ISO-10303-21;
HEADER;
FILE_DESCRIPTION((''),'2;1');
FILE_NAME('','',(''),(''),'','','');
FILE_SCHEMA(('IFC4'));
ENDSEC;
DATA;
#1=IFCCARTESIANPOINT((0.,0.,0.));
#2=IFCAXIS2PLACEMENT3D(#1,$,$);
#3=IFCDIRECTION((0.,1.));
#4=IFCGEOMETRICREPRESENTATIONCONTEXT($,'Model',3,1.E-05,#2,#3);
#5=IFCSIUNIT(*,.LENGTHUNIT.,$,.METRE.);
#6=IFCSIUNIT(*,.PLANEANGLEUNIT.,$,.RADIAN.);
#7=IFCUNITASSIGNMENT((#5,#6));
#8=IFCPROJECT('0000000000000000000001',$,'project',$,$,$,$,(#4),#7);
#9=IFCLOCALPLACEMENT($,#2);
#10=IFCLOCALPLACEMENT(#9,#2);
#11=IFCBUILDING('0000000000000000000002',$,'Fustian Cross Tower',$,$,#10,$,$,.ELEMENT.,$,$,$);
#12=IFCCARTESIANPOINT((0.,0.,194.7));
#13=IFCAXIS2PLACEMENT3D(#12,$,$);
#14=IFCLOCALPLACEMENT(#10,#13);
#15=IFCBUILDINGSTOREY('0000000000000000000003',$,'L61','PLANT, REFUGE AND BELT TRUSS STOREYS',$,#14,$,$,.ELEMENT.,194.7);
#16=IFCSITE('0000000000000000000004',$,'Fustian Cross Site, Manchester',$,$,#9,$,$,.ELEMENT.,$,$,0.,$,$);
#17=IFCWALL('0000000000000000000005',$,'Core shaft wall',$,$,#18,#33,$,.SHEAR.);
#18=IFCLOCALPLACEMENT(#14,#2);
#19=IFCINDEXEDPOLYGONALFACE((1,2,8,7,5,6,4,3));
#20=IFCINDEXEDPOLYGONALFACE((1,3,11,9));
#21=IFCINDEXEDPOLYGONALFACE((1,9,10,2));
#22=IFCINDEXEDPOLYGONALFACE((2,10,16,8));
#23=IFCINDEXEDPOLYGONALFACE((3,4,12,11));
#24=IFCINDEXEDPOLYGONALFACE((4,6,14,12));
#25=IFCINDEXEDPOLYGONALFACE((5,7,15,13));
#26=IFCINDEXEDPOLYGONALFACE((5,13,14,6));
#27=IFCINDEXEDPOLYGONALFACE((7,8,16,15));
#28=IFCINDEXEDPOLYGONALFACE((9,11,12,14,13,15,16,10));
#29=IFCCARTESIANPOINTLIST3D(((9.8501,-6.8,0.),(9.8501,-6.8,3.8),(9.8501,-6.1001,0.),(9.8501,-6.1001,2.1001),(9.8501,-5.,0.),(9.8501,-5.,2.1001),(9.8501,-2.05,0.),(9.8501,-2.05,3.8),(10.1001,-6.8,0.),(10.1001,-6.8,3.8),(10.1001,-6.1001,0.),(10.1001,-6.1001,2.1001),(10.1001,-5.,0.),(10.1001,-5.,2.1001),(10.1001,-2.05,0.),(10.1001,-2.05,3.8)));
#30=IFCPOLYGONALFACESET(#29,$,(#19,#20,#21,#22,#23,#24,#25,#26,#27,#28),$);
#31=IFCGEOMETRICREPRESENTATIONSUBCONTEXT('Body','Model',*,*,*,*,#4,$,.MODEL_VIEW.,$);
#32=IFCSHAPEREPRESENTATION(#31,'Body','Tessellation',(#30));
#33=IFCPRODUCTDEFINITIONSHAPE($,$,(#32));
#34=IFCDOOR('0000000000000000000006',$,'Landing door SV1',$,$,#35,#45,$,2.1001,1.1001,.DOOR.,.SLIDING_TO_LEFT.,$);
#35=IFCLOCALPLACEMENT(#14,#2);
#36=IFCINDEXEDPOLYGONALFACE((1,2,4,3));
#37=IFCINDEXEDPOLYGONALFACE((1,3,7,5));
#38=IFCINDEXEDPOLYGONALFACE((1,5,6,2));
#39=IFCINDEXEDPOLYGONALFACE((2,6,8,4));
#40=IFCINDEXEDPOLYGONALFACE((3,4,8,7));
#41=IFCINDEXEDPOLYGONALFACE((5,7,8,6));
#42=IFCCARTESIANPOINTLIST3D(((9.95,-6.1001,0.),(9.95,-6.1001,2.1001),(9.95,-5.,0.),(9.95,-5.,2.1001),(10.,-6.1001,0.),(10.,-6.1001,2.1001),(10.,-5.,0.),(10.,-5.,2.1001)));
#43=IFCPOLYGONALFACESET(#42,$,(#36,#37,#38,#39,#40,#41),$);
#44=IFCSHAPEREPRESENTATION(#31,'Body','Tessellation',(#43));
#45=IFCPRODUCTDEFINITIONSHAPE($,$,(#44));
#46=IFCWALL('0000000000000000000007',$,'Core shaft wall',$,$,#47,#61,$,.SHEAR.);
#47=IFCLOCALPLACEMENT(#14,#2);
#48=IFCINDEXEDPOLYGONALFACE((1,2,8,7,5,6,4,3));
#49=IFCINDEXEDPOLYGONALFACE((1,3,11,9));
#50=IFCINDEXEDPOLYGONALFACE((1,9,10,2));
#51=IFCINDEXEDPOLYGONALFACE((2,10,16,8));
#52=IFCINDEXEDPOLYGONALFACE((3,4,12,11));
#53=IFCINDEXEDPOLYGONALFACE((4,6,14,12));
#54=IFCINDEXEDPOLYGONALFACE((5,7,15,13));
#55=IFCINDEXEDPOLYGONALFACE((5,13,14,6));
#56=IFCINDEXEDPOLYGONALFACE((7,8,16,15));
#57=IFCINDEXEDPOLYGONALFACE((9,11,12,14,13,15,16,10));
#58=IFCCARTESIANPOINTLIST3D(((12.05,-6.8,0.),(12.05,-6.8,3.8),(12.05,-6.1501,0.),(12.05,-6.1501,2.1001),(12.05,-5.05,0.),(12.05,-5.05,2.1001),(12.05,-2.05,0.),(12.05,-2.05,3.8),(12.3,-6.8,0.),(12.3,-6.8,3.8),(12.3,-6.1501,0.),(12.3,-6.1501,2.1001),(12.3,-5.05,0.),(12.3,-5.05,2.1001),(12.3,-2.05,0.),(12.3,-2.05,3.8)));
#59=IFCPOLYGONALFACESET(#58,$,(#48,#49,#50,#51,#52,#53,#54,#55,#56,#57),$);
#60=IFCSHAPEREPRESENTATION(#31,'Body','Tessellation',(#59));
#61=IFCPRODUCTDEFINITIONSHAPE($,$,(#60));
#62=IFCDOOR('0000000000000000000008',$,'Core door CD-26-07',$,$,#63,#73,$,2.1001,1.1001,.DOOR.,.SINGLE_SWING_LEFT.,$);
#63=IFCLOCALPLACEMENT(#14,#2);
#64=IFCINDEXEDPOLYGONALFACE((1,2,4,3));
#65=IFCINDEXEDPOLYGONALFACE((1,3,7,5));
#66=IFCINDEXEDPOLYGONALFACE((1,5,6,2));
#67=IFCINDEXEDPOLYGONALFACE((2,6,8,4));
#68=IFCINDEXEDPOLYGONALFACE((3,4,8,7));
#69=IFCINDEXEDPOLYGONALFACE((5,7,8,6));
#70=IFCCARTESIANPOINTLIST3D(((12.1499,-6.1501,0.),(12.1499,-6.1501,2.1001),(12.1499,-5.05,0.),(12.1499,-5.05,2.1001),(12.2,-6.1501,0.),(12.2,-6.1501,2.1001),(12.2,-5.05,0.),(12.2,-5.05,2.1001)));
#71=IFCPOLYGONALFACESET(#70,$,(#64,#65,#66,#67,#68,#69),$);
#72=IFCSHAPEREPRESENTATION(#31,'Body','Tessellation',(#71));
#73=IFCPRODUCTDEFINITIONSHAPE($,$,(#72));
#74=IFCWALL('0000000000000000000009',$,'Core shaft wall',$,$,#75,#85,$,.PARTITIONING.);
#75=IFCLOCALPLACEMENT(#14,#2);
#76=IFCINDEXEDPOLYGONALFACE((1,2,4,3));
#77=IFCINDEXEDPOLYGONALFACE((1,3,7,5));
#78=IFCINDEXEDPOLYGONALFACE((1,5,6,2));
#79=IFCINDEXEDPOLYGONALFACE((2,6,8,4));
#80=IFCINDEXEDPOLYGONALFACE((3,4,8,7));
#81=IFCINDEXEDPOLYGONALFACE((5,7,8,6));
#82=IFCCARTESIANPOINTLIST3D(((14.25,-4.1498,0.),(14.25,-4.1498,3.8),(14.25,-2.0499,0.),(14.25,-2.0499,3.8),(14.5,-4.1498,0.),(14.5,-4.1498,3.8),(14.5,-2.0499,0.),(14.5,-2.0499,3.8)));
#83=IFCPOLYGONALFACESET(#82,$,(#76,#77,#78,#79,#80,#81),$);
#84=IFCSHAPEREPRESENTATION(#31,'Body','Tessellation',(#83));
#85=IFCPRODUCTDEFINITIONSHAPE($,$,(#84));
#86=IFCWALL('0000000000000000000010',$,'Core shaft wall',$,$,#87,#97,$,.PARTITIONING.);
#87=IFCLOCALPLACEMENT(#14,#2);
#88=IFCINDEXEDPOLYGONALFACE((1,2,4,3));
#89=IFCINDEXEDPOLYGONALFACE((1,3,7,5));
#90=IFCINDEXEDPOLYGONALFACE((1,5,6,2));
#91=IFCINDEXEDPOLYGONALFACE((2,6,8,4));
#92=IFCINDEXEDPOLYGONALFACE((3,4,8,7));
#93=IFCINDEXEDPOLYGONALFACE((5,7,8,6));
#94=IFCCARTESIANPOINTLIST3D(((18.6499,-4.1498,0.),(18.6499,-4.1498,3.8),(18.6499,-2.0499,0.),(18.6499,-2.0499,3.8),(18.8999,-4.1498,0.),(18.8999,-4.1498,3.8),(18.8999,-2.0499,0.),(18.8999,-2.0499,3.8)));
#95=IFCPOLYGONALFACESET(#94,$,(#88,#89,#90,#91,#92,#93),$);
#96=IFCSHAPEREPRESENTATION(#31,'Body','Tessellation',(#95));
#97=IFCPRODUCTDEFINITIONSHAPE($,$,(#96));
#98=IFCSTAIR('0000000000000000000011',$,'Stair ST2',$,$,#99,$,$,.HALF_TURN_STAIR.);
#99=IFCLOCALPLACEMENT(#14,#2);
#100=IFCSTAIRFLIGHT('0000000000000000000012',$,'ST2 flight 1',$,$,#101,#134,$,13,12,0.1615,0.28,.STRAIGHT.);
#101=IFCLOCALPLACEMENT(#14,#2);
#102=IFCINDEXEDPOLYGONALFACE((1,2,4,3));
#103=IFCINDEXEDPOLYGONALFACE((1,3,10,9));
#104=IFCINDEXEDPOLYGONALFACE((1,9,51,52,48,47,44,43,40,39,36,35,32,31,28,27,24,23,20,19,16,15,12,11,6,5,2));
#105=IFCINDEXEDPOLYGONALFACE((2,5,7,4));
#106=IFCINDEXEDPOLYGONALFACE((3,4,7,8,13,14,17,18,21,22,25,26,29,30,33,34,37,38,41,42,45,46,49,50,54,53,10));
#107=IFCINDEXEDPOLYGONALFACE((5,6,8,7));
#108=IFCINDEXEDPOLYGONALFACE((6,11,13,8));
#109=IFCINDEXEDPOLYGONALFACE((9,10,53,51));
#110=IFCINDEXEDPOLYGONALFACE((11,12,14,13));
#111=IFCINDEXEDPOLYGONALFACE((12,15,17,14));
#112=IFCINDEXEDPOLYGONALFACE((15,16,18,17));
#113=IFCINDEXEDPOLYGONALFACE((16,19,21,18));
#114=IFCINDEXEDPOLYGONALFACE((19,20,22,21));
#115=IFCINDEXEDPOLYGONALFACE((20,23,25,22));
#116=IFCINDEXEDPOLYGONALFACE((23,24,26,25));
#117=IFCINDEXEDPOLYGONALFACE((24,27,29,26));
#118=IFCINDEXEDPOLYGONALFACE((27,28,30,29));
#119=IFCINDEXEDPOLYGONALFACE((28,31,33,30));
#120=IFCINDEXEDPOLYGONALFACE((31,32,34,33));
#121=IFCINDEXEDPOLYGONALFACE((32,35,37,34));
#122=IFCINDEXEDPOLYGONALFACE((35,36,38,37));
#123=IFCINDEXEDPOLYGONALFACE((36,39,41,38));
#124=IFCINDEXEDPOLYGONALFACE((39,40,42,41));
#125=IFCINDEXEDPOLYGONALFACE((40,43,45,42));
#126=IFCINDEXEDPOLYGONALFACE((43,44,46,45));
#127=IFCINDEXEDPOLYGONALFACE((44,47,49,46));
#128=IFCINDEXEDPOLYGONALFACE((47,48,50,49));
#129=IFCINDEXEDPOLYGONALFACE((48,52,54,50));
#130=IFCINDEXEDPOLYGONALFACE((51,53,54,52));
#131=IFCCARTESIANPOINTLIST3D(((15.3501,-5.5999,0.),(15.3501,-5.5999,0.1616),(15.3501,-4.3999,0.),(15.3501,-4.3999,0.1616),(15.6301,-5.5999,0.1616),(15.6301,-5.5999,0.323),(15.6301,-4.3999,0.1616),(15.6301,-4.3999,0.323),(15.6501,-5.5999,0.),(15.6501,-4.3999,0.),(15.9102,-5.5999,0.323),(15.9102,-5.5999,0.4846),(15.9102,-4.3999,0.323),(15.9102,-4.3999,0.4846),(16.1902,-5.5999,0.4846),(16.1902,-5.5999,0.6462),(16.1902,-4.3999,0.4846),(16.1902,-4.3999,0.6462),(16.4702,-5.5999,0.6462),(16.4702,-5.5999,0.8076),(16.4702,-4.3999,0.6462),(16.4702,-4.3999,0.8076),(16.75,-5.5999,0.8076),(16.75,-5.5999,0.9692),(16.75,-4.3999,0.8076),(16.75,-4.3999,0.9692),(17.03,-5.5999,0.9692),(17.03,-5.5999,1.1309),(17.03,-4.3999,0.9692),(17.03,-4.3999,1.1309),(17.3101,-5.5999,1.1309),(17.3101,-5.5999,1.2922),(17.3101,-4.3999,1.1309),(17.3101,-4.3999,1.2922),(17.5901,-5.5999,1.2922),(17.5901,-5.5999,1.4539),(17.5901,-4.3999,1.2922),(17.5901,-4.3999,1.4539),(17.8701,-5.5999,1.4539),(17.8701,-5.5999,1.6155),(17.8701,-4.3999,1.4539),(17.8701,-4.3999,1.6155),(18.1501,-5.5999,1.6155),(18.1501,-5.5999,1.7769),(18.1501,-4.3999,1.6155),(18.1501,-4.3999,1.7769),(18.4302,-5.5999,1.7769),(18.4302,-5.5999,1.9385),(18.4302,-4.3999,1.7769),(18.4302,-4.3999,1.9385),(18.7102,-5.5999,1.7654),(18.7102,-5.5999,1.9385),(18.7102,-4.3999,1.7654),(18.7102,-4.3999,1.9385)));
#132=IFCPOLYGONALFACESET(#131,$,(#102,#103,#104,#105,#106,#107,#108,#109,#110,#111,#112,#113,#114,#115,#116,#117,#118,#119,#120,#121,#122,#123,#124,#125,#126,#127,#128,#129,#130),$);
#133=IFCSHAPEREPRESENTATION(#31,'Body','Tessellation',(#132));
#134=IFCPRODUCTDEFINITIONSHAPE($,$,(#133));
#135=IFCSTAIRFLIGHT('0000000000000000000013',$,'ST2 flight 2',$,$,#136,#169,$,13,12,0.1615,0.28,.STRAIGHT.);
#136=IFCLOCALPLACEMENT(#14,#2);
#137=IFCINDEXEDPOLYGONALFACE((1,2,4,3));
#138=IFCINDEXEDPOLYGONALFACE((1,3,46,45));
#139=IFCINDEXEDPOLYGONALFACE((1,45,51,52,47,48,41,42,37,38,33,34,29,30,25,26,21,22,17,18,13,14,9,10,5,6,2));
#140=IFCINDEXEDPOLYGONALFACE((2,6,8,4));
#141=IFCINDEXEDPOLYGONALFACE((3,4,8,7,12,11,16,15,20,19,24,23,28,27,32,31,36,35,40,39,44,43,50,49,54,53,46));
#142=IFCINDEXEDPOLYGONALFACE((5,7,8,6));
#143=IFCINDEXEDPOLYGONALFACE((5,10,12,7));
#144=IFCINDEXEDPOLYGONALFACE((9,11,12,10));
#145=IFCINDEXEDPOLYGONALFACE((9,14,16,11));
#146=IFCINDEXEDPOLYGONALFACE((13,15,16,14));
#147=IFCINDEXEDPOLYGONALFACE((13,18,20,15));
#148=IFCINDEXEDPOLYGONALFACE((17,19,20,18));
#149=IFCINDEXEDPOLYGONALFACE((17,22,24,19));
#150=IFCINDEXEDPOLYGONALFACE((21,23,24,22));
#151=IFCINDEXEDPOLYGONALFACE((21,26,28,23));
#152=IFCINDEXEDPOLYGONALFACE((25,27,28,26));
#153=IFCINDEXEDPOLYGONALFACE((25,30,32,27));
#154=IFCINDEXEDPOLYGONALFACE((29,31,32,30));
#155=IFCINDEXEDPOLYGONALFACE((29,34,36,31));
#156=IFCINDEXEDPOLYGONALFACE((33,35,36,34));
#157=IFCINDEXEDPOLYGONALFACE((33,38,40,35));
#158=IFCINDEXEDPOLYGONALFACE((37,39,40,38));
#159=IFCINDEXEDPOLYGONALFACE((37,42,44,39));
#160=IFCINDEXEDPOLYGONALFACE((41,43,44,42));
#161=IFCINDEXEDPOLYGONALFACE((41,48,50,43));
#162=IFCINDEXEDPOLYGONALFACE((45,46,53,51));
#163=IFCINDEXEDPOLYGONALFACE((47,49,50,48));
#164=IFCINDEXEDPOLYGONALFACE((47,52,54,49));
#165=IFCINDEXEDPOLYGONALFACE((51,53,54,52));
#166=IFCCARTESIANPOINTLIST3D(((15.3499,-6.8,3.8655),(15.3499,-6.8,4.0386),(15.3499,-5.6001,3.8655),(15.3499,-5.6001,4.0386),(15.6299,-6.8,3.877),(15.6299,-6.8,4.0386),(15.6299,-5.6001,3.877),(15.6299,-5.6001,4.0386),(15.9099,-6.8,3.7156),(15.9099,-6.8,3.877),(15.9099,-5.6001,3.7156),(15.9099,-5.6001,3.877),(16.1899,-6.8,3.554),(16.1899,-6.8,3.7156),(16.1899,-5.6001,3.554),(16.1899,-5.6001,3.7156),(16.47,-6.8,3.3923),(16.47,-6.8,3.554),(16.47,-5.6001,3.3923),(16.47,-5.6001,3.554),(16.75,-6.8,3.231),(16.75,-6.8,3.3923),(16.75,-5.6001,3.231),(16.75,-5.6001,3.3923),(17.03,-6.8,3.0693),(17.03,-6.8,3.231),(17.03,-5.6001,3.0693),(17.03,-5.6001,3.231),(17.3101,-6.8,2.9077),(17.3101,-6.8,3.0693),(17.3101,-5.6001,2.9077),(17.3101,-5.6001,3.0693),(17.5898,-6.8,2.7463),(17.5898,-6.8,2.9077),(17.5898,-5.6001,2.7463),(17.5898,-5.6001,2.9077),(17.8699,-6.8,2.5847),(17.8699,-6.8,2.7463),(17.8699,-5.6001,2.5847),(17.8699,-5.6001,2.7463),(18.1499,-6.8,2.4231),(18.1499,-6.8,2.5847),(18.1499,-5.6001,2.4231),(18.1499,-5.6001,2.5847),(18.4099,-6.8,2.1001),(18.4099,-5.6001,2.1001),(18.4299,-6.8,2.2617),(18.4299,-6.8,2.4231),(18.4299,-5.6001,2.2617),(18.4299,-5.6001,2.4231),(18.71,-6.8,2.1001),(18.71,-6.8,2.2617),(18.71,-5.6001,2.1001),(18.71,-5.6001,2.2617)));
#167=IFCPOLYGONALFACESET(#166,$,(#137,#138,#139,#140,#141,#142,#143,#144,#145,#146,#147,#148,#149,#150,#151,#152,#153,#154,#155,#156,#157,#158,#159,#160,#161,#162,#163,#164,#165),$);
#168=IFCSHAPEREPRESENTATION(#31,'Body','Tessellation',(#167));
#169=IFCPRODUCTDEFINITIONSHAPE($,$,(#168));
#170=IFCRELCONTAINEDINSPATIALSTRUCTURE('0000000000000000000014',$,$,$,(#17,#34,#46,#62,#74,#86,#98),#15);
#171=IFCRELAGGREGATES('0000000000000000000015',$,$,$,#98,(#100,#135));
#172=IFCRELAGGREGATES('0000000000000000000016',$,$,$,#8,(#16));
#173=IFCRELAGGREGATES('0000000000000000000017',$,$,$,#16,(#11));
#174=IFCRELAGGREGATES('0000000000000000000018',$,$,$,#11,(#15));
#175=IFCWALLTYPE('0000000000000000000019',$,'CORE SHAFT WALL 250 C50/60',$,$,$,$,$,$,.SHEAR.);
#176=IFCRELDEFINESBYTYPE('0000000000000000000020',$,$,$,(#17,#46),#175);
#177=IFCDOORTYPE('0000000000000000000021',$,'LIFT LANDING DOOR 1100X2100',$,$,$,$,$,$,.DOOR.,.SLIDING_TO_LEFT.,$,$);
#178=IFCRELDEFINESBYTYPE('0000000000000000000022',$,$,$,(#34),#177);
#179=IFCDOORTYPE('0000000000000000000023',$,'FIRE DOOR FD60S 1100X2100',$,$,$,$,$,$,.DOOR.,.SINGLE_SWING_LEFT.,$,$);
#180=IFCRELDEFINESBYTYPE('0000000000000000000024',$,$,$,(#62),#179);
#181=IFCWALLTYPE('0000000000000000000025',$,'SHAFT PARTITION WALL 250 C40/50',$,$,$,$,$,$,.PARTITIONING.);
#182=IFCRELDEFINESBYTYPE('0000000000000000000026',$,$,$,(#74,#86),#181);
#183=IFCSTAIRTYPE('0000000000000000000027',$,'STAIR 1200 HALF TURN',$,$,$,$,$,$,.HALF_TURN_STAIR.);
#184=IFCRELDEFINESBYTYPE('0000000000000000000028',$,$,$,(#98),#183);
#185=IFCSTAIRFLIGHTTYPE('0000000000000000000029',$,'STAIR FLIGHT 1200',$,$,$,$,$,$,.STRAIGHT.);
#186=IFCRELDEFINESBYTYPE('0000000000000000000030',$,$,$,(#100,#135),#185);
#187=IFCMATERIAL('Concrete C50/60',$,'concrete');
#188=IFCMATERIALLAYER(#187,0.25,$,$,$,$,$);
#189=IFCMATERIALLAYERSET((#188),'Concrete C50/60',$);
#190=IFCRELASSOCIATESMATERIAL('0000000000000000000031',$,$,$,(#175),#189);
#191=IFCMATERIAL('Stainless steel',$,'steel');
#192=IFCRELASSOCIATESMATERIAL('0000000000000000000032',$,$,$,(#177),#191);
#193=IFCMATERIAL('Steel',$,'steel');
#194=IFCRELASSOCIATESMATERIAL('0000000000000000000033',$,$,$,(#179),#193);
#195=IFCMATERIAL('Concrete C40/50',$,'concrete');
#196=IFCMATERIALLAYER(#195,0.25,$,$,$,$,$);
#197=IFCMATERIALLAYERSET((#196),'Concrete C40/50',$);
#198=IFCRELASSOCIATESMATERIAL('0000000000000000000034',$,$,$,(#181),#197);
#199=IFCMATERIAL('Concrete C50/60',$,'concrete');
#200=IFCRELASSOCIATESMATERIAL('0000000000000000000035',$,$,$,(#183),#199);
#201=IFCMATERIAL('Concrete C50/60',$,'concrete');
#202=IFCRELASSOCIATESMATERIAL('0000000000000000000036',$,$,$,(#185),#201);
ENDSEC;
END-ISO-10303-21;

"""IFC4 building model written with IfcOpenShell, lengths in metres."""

from ifc_helpers import new_model, si_unit, direction, frame, frame_2d, origin, place, context, subcontext, project, spatial, polyline, rectangle, outline, extrude, material, layer, layer_set, type_object, element, fill, aggregate, save


model = new_model("IFC4")

# Units and contexts
model_context = context("Model", 3, precision=1e-05, world=origin(), true_north=direction((0.0, 1.0)))
body_context = subcontext(model_context, "Body", "Model", "MODEL_VIEW")
ifc_project = project(units=[si_unit("LENGTHUNIT", "METRE"), si_unit("PLANEANGLEUNIT", "RADIAN")], contexts=[model_context])

# Site, building, storey
site_placement = place(None, origin())
site = spatial("IfcSite", under=ifc_project, at=site_placement, Name="Fustian Cross Site, Manchester", CompositionType="ELEMENT", RefElevation=0.0)
building_placement = place(site_placement, origin())
building = spatial("IfcBuilding", under=site, at=building_placement, Name="Fustian Cross Tower", CompositionType="ELEMENT")
storey_placement = place(building_placement, frame((0.0, 0.0, 194.7)))
storey = spatial("IfcBuildingStorey", under=building, at=storey_placement, Name="L61", Description="PLANT, REFUGE AND BELT TRUSS STOREYS", CompositionType="ELEMENT", Elevation=194.7)

# Shared definitions
ifc_material_1 = material(Name="Concrete C50/60", Category="concrete")
ifc_layer_1 = layer(ifc_material_1, 0.25)
ifc_layer_set_1 = layer_set([ifc_layer_1], Name="Concrete C50/60")
wall_type_1 = type_object("IfcWallType", Name="CORE SHAFT WALL 250 C50/60", PredefinedType="SHEAR", material=ifc_layer_set_1)

# Walls, openings, doors
wall_1_placement = place(storey_placement, frame((9.9751, -2.05, 0.0), z_axis=(0.0, 0.0, 1.0), x_axis=(0.0, -1.0, 0.0)))
wall_1 = element("IfcWall", 1, at=wall_1_placement, inside=storey, type_object=wall_type_1, Name="Core shaft wall", PredefinedType="SHEAR", context=body_context, shape_type="SweptSolid", body=[
    extrude(rectangle(XDim=4.75, YDim=0.25, at=frame_2d((2.375, 0.0))), origin(), (0.0, 0.0, 1.0), 3.8),
])
opening_1_placement = place(wall_1_placement, frame((2.95, 0.0, 0.0)))
opening_1 = element("IfcOpeningElement", 2, at=opening_1_placement, cuts=wall_1, PredefinedType="OPENING", context=body_context, shape_type="SweptSolid", body=[
    extrude(rectangle(XDim=1.1001, YDim=2.1001, at=frame_2d((0.55, 1.05))), frame((0.0, 0.135, 0.0), z_axis=(0.0, -1.0, 0.0), x_axis=(1.0, 0.0, 0.0)), (0.0, 0.0, 1.0), 0.27),
])
ifc_material_2 = material(Name="Stainless steel", Category="steel")
door_type_1 = type_object("IfcDoorType", Name="LIFT LANDING DOOR 1100X2100", OperationType="SLIDING_TO_LEFT", PredefinedType="DOOR", material=ifc_material_2)
door_1_placement = place(opening_1_placement, origin())
door_1 = element("IfcDoor", 3, at=door_1_placement, inside=storey, type_object=door_type_1, Name="Landing door SV1", OperationType="SLIDING_TO_LEFT", OverallHeight=2.1001, OverallWidth=1.1001, PredefinedType="DOOR", context=body_context, shape_type="SweptSolid", body=[
    extrude(rectangle(XDim=1.1001, YDim=2.1001, at=frame_2d((0.55, 1.05))), frame((0.0, 0.0249, 0.0), z_axis=(0.0, -1.0, 0.0), x_axis=(1.0, 0.0, 0.0)), (0.0, 0.0, 1.0), 0.05),
])
fill(opening_1, door_1)
wall_2_placement = place(storey_placement, frame((12.175, -2.05, 0.0), z_axis=(0.0, 0.0, 1.0), x_axis=(0.0, -1.0, 0.0)))
wall_2 = element("IfcWall", 4, at=wall_2_placement, inside=storey, type_object=wall_type_1, Name="Core shaft wall", PredefinedType="SHEAR", context=body_context, shape_type="SweptSolid", body=[
    extrude(rectangle(XDim=4.75, YDim=0.25, at=frame_2d((2.375, 0.0))), origin(), (0.0, 0.0, 1.0), 3.8),
])
opening_2_placement = place(wall_2_placement, frame((3.0, 0.0, 0.0)))
opening_2 = element("IfcOpeningElement", 5, at=opening_2_placement, cuts=wall_2, PredefinedType="OPENING", context=body_context, shape_type="SweptSolid", body=[
    extrude(rectangle(XDim=1.1001, YDim=2.1001, at=frame_2d((0.55, 1.05))), frame((0.0, 0.135, 0.0), z_axis=(0.0, -1.0, 0.0), x_axis=(1.0, 0.0, 0.0)), (0.0, 0.0, 1.0), 0.27),
])
ifc_material_3 = material(Name="Steel", Category="steel")
door_type_2 = type_object("IfcDoorType", Name="FIRE DOOR FD60S 1100X2100", OperationType="SINGLE_SWING_LEFT", PredefinedType="DOOR", material=ifc_material_3)
door_2_placement = place(opening_2_placement, origin())
door_2 = element("IfcDoor", 6, at=door_2_placement, inside=storey, type_object=door_type_2, Name="Core door CD-26-07", OperationType="SINGLE_SWING_LEFT", OverallHeight=2.1001, OverallWidth=1.1001, PredefinedType="DOOR", context=body_context, shape_type="SweptSolid", body=[
    extrude(rectangle(XDim=1.1001, YDim=2.1001, at=frame_2d((0.55, 1.05))), frame((0.0, 0.0249, 0.0), z_axis=(0.0, -1.0, 0.0), x_axis=(1.0, 0.0, 0.0)), (0.0, 0.0, 1.0), 0.05),
])
fill(opening_2, door_2)

# Walls
ifc_material_4 = material(Name="Concrete C40/50", Category="concrete")
ifc_layer_2 = layer(ifc_material_4, 0.25)
ifc_layer_set_2 = layer_set([ifc_layer_2], Name="Concrete C40/50")
wall_type_2 = type_object("IfcWallType", Name="SHAFT PARTITION WALL 250 C40/50", PredefinedType="PARTITIONING", material=ifc_layer_set_2)
for number, where, z_axis, x_axis, name in (
    (7, (14.375, -2.05, 0.0), (0.0, 0.0, 1.0), (0.0, -1.0, 0.0), "Core shaft wall"),
    (8, (18.7749, -2.05, 0.0), (0.0, 0.0, 1.0), (0.0, -1.0, 0.0), "Core shaft wall"),
):
    element("IfcWall", number, at=place(storey_placement, frame(where, z_axis=z_axis, x_axis=x_axis)), inside=storey, type_object=wall_type_2, Name=name, PredefinedType="PARTITIONING", context=body_context, shape_type="SweptSolid", body=[
        extrude(rectangle(XDim=2.0999, YDim=0.25, at=frame_2d((1.0498, 0.0))), origin(), (0.0, 0.0, 1.0), 3.8),
    ])

# Stair, stair flights
ifc_material_5 = material(Name="Concrete C50/60", Category="concrete")
stair_type = type_object("IfcStairType", Name="STAIR 1200 HALF TURN", PredefinedType="HALF_TURN_STAIR", material=ifc_material_5)
stair_placement = place(storey_placement, origin())
stair = element("IfcStair", 9, at=stair_placement, inside=storey, type_object=stair_type, Name="Stair ST2", PredefinedType="HALF_TURN_STAIR")
ifc_material_6 = material(Name="Concrete C50/60", Category="concrete")
stair_flight_type = type_object("IfcStairFlightType", Name="STAIR FLIGHT 1200", PredefinedType="STRAIGHT", material=ifc_material_6)
stair_flight_1_placement = place(storey_placement, frame((15.3501, -5.0, 0.0), z_axis=(0.0, 0.0, 1.0), x_axis=(1.0, 0.0, 0.0)))
stair_flight_1 = element("IfcStairFlight", 10, at=stair_flight_1_placement, type_object=stair_flight_type, Name="ST2 flight 1", NumberOfRisers=13, NumberOfTreads=12, PredefinedType="STRAIGHT", RiserHeight=0.1615, TreadLength=0.28, context=body_context, shape_type="SweptSolid", body=[
    extrude(outline(polyline([(0.0, 0.0), (0.0, 0.1616), (0.28, 0.1616), (0.28, 0.323), (0.5601, 0.323), (0.5601, 0.4846), (0.8401, 0.4846), (0.8401, 0.6462), (1.1201, 0.6462), (1.1201, 0.8076), (1.3999, 0.8076), (1.3999, 0.9692), (1.6799, 0.9692), (1.6799, 1.1309), (1.96, 1.1309), (1.96, 1.2922), (2.24, 1.2922), (2.24, 1.4539), (2.52, 1.4539), (2.52, 1.6155), (2.8, 1.6155), (2.8, 1.7769), (3.0801, 1.7769), (3.0801, 1.9385), (3.3601, 1.9385), (3.3601, 2.1001), (3.3601, 1.7654), (0.3, 0.0), (0.0, 0.0)])), frame((0.0, 0.6001, 0.0), z_axis=(0.0, -1.0, 0.0), x_axis=(1.0, 0.0, 0.0)), (0.0, 0.0, 1.0), 1.2),
])
stair_flight_2_placement = place(storey_placement, frame((18.71, -6.2, 2.1001), z_axis=(0.0, 0.0, 1.0), x_axis=(-1.0, 0.0, 0.0)))
stair_flight_2 = element("IfcStairFlight", 11, at=stair_flight_2_placement, type_object=stair_flight_type, Name="ST2 flight 2", NumberOfRisers=13, NumberOfTreads=12, PredefinedType="STRAIGHT", RiserHeight=0.1615, TreadLength=0.28, context=body_context, shape_type="SweptSolid", body=[
    extrude(outline(polyline([(0.0, 0.0), (0.0, 0.1616), (0.28, 0.1616), (0.28, 0.323), (0.5601, 0.323), (0.5601, 0.4846), (0.8401, 0.4846), (0.8401, 0.6462), (1.1201, 0.6462), (1.1201, 0.8076), (1.3999, 0.8076), (1.3999, 0.9692), (1.6799, 0.9692), (1.6799, 1.1309), (1.96, 1.1309), (1.96, 1.2922), (2.24, 1.2922), (2.24, 1.4539), (2.52, 1.4539), (2.52, 1.6155), (2.8, 1.6155), (2.8, 1.7769), (3.0801, 1.7769), (3.0801, 1.9385), (3.3601, 1.9385), (3.3601, 2.1001), (3.3601, 1.7654), (0.3, 0.0), (0.0, 0.0)])), frame((0.0, 0.6001, 0.0), z_axis=(0.0, -1.0, 0.0), x_axis=(1.0, 0.0, 0.0)), (0.0, 0.0, 1.0), 1.2),
])
aggregate(stair, [stair_flight_1, stair_flight_2])

save(model, "model.ifc")
